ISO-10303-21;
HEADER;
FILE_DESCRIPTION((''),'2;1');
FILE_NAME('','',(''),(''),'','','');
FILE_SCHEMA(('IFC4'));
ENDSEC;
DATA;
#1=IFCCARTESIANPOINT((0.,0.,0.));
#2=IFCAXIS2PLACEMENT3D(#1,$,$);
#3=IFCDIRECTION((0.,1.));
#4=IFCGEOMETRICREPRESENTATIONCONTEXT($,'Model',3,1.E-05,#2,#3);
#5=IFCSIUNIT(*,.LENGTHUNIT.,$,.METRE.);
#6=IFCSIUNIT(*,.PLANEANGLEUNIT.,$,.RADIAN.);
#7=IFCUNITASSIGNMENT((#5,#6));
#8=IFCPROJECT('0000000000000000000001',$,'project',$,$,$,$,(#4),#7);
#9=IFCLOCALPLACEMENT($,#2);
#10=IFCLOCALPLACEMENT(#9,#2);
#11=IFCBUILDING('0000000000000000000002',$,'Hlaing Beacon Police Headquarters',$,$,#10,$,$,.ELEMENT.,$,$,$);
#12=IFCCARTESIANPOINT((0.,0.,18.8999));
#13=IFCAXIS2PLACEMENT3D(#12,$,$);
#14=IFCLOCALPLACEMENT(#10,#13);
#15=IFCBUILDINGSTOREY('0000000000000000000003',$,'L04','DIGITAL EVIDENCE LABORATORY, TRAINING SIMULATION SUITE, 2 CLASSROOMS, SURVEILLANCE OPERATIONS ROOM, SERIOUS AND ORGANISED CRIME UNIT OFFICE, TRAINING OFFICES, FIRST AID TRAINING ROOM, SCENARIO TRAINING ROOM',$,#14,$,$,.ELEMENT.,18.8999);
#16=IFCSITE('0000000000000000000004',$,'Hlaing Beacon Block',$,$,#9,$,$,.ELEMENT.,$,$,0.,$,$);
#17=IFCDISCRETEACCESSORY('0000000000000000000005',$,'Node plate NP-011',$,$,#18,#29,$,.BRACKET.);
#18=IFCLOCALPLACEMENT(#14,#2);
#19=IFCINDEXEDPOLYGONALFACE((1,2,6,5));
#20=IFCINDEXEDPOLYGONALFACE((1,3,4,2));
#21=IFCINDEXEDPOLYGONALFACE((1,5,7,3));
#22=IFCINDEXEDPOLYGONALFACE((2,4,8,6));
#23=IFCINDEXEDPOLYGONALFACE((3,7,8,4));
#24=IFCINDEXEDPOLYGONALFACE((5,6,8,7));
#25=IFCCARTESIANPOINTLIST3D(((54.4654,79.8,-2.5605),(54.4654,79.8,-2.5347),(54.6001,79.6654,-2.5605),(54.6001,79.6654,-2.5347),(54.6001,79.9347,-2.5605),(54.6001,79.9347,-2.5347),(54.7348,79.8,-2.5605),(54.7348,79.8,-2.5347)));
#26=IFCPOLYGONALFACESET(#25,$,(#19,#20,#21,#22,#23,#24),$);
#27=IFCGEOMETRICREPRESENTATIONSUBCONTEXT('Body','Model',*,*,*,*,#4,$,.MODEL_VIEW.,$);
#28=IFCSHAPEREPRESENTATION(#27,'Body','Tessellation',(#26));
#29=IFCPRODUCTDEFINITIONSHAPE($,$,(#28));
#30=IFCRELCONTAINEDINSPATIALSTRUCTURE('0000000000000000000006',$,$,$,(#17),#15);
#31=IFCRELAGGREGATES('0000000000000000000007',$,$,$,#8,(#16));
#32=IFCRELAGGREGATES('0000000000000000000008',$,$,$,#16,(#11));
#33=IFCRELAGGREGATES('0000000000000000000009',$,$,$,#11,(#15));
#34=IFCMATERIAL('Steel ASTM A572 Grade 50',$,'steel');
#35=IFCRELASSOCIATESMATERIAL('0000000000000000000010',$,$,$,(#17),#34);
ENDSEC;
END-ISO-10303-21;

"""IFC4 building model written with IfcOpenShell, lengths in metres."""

from ifc_helpers import new_model, si_unit, direction, frame, origin, origin_2d, place, context, subcontext, project, spatial, rectangle, extrude, material, element, save


model = new_model("IFC4")

# Units and contexts
model_context = context("Model", 3, precision=1e-05, world=origin(), true_north=direction((0.0, 1.0)))
body_context = subcontext(model_context, "Body", "Model", "MODEL_VIEW")
ifc_project = project(units=[si_unit("LENGTHUNIT", "METRE"), si_unit("PLANEANGLEUNIT", "RADIAN")], contexts=[model_context])

# Site, building, storey
site_placement = place(None, origin())
site = spatial("IfcSite", under=ifc_project, at=site_placement, Name="Hlaing Beacon Block", CompositionType="ELEMENT", RefElevation=0.0)
building_placement = place(site_placement, origin())
building = spatial("IfcBuilding", under=site, at=building_placement, Name="Hlaing Beacon Police Headquarters", CompositionType="ELEMENT")
storey_placement = place(building_placement, frame((0.0, 0.0, 18.8999)))
storey = spatial("IfcBuildingStorey", under=building, at=storey_placement, Name="L04", Description="DIGITAL EVIDENCE LABORATORY, TRAINING SIMULATION SUITE, 2 CLASSROOMS, SURVEILLANCE OPERATIONS ROOM, SERIOUS AND ORGANISED CRIME UNIT OFFICE, TRAINING OFFICES, FIRST AID TRAINING ROOM, SCENARIO TRAINING ROOM", CompositionType="ELEMENT", Elevation=18.8999)

# Discrete accessory
ifc_material_1 = material(Name="Steel ASTM A572 Grade 50", Category="steel")
discrete_accessory_placement = place(storey_placement, frame((54.6001, 79.8, -2.5605), z_axis=(0.0, 0.0, 1.0), x_axis=(0.707107, 0.707107, 0.0)))
element("IfcDiscreteAccessory", 1, at=discrete_accessory_placement, inside=storey, material=ifc_material_1, Name="Node plate NP-011", PredefinedType="BRACKET", context=body_context, shape_type="SweptSolid", body=[
    extrude(rectangle(XDim=0.1904, YDim=0.1904, at=origin_2d()), origin(), (0.0, 0.0, 1.0), 0.0259),
])

save(model, "model.ifc")
